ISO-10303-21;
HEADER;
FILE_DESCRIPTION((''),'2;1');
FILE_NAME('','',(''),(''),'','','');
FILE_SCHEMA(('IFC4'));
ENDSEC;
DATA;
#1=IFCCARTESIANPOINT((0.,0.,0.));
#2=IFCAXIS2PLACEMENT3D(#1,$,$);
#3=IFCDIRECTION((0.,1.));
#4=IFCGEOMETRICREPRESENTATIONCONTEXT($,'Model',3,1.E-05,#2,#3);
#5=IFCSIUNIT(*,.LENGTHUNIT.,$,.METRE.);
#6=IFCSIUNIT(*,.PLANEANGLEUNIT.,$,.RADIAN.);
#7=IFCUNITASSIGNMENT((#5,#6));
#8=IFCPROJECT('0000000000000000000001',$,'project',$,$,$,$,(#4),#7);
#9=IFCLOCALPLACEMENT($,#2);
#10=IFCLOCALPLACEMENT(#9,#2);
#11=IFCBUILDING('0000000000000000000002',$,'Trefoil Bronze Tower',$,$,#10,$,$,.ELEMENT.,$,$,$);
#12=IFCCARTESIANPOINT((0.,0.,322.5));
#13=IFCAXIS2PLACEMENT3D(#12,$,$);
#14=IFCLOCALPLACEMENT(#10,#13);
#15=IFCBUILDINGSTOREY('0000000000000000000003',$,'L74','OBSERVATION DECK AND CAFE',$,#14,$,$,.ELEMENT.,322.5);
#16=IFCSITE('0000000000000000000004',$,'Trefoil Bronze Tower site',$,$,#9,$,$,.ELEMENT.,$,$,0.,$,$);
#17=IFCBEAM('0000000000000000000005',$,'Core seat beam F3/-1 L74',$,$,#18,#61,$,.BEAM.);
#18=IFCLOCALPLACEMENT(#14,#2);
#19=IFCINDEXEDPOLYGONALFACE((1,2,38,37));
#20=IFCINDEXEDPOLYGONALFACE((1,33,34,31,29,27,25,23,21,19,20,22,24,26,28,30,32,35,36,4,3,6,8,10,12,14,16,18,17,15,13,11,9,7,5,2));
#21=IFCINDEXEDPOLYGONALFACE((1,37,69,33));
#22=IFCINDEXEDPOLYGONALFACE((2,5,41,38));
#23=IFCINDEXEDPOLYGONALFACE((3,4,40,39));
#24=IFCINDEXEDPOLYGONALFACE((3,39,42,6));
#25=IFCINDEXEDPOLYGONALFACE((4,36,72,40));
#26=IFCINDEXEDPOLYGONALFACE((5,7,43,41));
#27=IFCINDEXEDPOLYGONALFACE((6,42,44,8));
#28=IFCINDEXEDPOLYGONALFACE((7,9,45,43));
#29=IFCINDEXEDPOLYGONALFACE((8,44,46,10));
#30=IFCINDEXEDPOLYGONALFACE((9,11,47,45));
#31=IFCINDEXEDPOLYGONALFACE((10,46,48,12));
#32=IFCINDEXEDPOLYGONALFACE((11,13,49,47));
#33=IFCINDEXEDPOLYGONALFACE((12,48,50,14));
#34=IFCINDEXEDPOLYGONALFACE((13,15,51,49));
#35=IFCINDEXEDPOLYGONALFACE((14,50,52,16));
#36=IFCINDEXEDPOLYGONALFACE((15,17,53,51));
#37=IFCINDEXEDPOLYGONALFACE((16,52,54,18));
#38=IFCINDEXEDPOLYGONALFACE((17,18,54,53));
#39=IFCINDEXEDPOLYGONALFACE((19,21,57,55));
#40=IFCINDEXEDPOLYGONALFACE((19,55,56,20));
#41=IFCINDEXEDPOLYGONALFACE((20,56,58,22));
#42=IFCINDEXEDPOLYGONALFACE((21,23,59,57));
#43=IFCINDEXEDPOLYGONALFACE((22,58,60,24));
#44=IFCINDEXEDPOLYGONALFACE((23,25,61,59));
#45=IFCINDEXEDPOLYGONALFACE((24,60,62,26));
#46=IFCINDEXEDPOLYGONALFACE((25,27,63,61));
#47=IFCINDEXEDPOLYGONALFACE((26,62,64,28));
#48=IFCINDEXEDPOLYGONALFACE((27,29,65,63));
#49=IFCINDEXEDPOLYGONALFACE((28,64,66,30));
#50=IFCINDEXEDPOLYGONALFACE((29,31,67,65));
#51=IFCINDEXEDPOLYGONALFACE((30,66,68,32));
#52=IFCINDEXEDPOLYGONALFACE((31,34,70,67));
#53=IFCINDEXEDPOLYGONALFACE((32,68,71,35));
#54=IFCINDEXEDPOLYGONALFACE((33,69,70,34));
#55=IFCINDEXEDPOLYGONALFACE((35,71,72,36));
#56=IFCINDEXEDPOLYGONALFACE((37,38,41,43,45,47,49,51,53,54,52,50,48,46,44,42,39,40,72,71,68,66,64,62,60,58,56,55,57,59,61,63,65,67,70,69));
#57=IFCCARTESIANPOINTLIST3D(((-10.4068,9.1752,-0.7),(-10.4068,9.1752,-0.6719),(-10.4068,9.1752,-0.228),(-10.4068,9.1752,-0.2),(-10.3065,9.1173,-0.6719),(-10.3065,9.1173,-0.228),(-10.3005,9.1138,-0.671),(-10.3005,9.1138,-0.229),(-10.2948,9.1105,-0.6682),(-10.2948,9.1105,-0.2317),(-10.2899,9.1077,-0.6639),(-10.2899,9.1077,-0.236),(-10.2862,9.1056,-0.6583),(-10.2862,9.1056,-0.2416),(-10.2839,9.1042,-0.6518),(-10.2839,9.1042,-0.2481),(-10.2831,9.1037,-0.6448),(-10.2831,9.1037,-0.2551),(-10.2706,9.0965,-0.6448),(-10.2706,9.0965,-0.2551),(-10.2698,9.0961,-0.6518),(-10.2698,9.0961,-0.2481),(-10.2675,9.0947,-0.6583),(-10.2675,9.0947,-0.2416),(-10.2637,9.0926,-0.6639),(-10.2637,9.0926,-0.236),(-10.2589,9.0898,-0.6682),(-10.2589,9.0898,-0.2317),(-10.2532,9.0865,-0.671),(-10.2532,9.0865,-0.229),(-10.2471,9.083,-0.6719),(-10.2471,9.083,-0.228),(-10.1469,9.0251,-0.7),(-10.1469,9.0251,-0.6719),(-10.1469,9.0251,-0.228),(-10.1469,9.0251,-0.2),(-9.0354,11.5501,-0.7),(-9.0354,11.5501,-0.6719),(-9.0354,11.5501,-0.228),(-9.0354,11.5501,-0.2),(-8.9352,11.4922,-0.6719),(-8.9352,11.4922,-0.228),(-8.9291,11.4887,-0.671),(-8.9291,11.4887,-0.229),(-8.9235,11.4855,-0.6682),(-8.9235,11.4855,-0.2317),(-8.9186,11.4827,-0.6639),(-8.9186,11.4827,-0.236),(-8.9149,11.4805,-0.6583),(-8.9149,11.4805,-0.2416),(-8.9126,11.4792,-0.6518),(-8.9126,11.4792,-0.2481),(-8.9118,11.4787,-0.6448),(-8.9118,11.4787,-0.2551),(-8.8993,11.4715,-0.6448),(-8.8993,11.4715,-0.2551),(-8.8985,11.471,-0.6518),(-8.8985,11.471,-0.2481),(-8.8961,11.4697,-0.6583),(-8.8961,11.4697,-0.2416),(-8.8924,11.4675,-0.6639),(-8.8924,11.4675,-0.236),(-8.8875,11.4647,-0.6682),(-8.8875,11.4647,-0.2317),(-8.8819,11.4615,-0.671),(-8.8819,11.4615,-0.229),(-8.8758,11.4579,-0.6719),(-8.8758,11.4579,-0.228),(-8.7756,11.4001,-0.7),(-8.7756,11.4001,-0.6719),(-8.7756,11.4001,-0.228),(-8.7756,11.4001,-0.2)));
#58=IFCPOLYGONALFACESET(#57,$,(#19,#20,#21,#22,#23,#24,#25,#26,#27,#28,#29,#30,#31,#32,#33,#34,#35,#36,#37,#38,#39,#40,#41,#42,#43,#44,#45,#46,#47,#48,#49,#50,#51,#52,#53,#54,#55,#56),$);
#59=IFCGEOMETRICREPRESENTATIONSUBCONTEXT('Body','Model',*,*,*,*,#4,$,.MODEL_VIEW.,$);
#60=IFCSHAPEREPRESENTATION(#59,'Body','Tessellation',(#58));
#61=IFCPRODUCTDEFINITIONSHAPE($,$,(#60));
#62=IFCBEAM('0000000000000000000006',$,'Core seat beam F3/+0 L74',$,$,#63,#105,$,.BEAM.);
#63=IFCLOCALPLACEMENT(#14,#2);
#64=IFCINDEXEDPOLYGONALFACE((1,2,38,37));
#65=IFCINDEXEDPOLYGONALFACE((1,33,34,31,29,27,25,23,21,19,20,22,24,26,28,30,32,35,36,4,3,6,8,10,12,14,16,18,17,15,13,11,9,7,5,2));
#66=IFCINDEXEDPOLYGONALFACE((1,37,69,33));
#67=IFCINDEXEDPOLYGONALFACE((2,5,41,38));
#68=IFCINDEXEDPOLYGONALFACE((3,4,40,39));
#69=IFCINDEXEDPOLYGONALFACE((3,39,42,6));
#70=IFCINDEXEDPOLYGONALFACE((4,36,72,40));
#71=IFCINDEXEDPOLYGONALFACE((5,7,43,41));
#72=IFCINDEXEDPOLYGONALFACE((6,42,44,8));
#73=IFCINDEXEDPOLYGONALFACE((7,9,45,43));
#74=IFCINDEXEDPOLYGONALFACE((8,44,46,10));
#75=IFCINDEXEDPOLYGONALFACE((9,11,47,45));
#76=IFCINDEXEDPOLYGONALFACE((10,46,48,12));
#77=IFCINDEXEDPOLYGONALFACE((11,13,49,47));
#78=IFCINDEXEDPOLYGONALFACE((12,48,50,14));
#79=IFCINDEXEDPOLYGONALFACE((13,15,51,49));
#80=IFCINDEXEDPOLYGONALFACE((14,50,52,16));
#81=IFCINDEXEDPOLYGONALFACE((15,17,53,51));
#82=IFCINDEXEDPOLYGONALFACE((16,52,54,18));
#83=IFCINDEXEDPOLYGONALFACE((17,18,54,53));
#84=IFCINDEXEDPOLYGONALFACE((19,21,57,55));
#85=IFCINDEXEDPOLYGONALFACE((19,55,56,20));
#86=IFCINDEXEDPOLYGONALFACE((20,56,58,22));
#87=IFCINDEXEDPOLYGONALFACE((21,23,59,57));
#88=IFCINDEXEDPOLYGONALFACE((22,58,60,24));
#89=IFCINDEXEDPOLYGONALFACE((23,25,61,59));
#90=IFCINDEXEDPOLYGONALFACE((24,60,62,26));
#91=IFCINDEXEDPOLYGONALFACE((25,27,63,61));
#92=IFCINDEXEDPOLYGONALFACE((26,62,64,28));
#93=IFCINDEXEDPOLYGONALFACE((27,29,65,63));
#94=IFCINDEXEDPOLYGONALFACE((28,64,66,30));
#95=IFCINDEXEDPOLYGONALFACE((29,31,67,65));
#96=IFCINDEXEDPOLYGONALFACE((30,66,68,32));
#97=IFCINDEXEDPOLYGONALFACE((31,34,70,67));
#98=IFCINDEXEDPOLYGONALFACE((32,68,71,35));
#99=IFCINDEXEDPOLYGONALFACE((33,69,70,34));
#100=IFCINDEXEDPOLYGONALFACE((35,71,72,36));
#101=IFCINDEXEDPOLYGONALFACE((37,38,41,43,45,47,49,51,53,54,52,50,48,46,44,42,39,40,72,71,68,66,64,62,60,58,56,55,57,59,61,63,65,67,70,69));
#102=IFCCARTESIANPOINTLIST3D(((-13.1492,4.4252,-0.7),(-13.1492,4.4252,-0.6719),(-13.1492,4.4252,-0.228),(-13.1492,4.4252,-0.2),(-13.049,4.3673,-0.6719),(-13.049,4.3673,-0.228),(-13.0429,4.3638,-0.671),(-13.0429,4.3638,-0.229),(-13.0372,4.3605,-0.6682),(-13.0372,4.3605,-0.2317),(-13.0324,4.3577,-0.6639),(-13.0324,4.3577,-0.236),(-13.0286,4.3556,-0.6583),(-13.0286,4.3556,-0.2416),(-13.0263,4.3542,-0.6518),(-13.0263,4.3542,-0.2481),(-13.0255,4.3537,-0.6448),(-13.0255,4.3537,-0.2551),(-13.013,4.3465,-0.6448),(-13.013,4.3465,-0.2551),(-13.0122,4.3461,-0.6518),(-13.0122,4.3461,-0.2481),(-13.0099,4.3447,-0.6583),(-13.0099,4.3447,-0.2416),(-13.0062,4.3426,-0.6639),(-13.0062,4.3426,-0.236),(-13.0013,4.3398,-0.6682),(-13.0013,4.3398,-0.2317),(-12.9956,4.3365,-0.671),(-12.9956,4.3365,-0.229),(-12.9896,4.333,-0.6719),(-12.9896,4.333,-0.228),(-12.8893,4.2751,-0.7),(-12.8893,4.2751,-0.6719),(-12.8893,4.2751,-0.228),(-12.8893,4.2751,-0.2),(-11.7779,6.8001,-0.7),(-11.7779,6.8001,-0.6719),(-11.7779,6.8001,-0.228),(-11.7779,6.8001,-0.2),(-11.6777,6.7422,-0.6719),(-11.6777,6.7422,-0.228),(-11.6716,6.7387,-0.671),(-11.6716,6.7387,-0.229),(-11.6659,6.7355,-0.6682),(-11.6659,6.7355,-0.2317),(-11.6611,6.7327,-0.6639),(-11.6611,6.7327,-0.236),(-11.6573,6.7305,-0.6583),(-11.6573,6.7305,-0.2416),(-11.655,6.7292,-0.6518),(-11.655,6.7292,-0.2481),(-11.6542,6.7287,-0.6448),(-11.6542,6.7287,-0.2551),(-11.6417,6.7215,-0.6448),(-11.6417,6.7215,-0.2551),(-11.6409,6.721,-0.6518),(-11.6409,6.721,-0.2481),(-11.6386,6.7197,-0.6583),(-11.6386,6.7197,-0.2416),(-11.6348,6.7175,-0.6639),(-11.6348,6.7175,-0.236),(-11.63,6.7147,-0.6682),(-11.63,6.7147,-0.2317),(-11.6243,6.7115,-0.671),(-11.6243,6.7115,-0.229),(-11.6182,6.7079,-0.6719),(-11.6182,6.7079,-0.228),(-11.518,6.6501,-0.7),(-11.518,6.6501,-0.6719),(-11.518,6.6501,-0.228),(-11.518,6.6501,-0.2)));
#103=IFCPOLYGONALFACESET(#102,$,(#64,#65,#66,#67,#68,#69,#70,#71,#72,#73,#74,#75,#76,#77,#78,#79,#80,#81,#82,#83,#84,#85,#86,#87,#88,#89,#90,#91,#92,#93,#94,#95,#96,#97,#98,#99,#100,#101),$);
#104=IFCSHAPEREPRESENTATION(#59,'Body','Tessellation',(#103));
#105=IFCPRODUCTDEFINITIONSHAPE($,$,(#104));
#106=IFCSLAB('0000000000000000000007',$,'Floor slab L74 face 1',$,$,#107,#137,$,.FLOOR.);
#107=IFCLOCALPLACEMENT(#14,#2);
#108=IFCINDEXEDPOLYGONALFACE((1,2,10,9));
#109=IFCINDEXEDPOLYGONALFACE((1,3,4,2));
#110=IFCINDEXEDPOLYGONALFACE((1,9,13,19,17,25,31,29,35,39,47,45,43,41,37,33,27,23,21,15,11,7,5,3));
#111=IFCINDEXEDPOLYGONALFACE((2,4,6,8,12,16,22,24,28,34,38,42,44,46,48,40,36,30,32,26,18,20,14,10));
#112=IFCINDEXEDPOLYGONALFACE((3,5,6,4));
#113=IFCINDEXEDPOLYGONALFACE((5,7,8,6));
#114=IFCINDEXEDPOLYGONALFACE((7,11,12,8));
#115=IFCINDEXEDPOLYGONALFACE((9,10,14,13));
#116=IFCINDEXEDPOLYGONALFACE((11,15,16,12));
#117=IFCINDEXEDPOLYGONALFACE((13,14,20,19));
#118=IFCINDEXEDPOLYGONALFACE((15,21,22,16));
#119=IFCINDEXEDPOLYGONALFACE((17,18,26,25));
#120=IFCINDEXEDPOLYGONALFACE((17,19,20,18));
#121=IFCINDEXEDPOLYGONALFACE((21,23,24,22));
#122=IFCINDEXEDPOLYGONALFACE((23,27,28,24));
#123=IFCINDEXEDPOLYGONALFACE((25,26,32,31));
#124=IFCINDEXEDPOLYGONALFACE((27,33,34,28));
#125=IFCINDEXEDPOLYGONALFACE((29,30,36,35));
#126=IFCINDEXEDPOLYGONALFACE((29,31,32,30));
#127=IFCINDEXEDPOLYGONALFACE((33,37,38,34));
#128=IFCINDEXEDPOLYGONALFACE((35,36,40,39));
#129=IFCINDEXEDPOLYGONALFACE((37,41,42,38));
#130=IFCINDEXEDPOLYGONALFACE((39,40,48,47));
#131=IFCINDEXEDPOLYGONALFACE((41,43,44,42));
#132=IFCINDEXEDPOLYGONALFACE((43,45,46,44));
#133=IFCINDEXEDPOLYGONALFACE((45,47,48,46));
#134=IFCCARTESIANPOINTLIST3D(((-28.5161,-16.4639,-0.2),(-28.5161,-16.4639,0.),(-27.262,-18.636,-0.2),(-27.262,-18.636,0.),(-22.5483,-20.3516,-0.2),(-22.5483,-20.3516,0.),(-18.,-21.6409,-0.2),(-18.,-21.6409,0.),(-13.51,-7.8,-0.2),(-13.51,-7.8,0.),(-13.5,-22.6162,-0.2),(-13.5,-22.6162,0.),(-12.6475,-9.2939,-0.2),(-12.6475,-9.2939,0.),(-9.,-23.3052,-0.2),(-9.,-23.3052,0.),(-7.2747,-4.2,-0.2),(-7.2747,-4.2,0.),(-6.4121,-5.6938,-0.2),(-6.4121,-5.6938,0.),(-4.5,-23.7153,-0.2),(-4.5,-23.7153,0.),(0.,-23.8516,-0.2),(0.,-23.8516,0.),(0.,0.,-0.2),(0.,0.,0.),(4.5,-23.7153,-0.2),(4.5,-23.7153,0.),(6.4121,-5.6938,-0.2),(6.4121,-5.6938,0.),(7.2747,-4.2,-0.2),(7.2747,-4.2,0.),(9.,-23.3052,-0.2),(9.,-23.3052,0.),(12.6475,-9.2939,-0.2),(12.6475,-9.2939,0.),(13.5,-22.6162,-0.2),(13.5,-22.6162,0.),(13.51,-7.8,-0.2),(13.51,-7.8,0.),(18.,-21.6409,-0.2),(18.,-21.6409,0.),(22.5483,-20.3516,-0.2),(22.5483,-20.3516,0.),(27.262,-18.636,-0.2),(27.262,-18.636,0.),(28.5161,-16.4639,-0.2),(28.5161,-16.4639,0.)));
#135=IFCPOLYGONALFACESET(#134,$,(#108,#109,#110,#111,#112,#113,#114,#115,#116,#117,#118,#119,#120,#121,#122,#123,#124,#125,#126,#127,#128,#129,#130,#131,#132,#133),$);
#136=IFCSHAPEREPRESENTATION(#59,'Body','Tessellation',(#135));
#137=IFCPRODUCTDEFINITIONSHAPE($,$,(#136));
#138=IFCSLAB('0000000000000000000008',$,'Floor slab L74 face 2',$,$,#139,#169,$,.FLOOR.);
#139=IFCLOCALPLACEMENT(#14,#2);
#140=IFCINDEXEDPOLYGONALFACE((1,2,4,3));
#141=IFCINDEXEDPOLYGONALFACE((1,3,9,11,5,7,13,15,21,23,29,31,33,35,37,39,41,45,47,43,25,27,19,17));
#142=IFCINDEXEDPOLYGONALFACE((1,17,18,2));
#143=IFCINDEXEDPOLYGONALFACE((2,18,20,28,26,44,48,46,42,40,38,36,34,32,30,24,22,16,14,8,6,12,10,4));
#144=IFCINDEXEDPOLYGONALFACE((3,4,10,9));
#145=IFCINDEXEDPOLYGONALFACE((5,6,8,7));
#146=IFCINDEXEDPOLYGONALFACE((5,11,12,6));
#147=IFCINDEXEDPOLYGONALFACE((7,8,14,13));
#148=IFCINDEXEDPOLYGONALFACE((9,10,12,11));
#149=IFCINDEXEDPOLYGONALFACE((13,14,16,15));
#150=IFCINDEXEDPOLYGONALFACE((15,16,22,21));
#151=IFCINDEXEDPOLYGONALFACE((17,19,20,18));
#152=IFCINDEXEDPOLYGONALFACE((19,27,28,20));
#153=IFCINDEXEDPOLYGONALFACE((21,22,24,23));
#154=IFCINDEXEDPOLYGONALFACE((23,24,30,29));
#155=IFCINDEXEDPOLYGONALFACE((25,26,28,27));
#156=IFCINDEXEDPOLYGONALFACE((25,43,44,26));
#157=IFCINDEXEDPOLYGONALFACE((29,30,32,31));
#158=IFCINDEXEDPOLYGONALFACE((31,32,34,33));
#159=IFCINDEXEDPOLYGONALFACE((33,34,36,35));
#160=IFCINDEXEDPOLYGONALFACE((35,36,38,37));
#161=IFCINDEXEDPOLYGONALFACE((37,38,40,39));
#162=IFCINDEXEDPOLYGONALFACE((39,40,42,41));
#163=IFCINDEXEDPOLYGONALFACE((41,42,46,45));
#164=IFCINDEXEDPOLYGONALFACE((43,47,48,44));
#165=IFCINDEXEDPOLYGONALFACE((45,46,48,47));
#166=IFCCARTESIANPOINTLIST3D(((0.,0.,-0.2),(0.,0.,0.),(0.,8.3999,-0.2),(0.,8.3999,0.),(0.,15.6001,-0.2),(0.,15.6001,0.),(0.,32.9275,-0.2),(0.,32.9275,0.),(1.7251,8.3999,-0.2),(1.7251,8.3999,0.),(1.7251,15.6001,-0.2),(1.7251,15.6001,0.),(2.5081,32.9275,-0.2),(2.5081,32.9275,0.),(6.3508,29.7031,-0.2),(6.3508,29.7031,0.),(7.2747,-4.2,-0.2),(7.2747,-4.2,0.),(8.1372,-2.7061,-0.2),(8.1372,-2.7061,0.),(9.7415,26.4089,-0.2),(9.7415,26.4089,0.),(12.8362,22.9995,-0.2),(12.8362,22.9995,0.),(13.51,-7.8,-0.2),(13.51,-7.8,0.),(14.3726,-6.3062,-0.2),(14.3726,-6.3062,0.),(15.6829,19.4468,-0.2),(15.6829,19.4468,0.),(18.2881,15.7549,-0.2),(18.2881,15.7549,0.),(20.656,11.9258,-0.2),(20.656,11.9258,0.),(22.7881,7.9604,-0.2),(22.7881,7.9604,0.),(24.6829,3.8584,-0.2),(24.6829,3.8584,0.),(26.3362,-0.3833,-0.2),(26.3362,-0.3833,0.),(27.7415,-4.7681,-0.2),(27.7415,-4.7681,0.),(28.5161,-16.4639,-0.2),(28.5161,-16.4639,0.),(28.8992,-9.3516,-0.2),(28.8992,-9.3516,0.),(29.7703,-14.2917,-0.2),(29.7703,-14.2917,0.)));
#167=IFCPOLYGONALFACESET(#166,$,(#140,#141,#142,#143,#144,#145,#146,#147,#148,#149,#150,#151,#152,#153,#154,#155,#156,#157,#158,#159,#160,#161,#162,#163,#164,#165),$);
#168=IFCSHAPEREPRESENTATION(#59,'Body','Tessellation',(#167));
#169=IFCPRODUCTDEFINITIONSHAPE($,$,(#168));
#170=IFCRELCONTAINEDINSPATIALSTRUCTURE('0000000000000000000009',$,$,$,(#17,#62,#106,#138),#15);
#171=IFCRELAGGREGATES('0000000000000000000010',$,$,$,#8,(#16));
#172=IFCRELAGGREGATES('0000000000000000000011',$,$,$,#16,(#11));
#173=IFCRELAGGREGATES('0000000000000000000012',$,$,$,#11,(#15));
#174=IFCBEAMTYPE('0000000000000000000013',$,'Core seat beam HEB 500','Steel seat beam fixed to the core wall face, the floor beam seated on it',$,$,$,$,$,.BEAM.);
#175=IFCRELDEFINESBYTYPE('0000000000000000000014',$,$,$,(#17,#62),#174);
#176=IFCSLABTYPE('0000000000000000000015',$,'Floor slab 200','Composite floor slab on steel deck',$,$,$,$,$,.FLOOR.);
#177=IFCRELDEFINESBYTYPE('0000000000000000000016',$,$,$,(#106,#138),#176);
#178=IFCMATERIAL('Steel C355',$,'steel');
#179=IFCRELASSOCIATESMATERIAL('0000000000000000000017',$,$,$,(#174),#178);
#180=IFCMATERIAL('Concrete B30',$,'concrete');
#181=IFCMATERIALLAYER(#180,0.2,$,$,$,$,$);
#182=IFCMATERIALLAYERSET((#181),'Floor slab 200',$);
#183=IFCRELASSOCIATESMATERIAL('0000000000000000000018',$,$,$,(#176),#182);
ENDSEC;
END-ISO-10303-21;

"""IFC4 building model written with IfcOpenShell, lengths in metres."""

from ifc_helpers import new_model, si_unit, direction, frame, origin, origin_2d, place, context, subcontext, project, spatial, polyline, i_section, outline, extrude, material, layer, layer_set, material_profile, profile_set, type_object, element, save


model = new_model("IFC4")

# Units and contexts
model_context = context("Model", 3, precision=1e-05, world=origin(), true_north=direction((0.0, 1.0)))
body_context = subcontext(model_context, "Body", "Model", "MODEL_VIEW")
ifc_project = project(units=[si_unit("LENGTHUNIT", "METRE"), si_unit("PLANEANGLEUNIT", "RADIAN")], contexts=[model_context])

# Site, building, storey
site_placement = place(None, origin())
site = spatial("IfcSite", under=ifc_project, at=site_placement, Name="Trefoil Bronze Tower site", CompositionType="ELEMENT", RefElevation=0.0)
building_placement = place(site_placement, origin())
building = spatial("IfcBuilding", under=site, at=building_placement, Name="Trefoil Bronze Tower", CompositionType="ELEMENT")
storey_placement = place(building_placement, frame((0.0, 0.0, 322.5)))
storey = spatial("IfcBuildingStorey", under=building, at=storey_placement, Name="L74", Description="OBSERVATION DECK AND CAFE", CompositionType="ELEMENT", Elevation=322.5)

# Beams
ifc_material_1 = material(Name="Steel C355", Category="steel")
ifc_material_profile = material_profile(ifc_material_1, i_section(OverallWidth=0.3, OverallDepth=0.5, WebThickness=0.0144, FlangeThickness=0.0281, FilletRadius=0.0271, at=origin_2d()), Name="HEB 500")
ifc_profile_set = profile_set([ifc_material_profile], Name="Steel C355")
beam_type = type_object("IfcBeamType", Name="Core seat beam HEB 500", Description="Steel seat beam fixed to the core wall face, the floor beam seated on it", PredefinedType="BEAM", material=ifc_profile_set)
for number, where, z_axis, x_axis, name in (
    (1, (-8.9055, 11.4751, -0.45), (-0.500036, -0.866005, 0.0), (0.866005, -0.500036, 0.0), "Core seat beam F3/-1 L74"),
    (2, (-11.6479, 6.7251, -0.45), (-0.500036, -0.866005, 0.0), (0.866005, -0.500036, 0.0), "Core seat beam F3/+0 L74"),
):
    element("IfcBeam", number, at=place(storey_placement, frame(where, z_axis=z_axis, x_axis=x_axis)), inside=storey, type_object=beam_type, Name=name, PredefinedType="BEAM", context=body_context, shape_type="SweptSolid", body=[
        extrude(i_section(OverallWidth=0.3, OverallDepth=0.5, WebThickness=0.0144, FlangeThickness=0.0281, FilletRadius=0.0271, at=origin_2d()), origin(), (0.0, 0.0, 1.0), 2.7424),
    ])

# Slabs
ifc_material_2 = material(Name="Concrete B30", Category="concrete")
ifc_layer_1 = layer(ifc_material_2, 0.2)
ifc_layer_set_1 = layer_set([ifc_layer_1], Name="Floor slab 200")
slab_type = type_object("IfcSlabType", Name="Floor slab 200", Description="Composite floor slab on steel deck", PredefinedType="FLOOR", material=ifc_layer_set_1)
slab_1_placement = place(storey_placement, frame((0.0, 0.0, -0.2)))
element("IfcSlab", 3, at=slab_1_placement, inside=storey, type_object=slab_type, Name="Floor slab L74 face 1", PredefinedType="FLOOR", context=body_context, shape_type="SweptSolid", body=[
    extrude(outline(polyline([(13.5, -22.6162), (9.0, -23.3052), (4.5, -23.7153), (0.0, -23.8516), (-4.5, -23.7153), (-9.0, -23.3052), (-13.5, -22.6162), (-18.0, -21.6409), (-22.5483, -20.3516), (-27.262, -18.636), (-28.5161, -16.4639), (-13.51, -7.8), (-12.6475, -9.2939), (-6.4121, -5.6938), (-7.2747, -4.2), (0.0, 0.0), (7.2747, -4.2), (6.4121, -5.6938), (12.6475, -9.2939), (13.51, -7.8), (28.5161, -16.4639), (27.262, -18.636), (22.5483, -20.3516), (18.0, -21.6409), (13.5, -22.6162)])), origin(), (0.0, 0.0, 1.0), 0.2),
])
slab_2_placement = place(storey_placement, frame((0.0, 0.0, -0.2)))
element("IfcSlab", 4, at=slab_2_placement, inside=storey, type_object=slab_type, Name="Floor slab L74 face 2", PredefinedType="FLOOR", context=body_context, shape_type="SweptSolid", body=[
    extrude(outline(polyline([(12.8362, 22.9995), (15.6829, 19.4468), (18.2881, 15.7549), (20.656, 11.9258), (22.7881, 7.9604), (24.6829, 3.8584), (26.3362, -0.3833), (27.7415, -4.7681), (28.8992, -9.3516), (29.7703, -14.2917), (28.5161, -16.4639), (13.51, -7.8), (14.3726, -6.3062), (8.1372, -2.7061), (7.2747, -4.2), (0.0, 0.0), (0.0, 8.3999), (1.7251, 8.3999), (1.7251, 15.6001), (0.0, 15.6001), (0.0, 32.9275), (2.5081, 32.9275), (6.3508, 29.7031), (9.7415, 26.4089), (12.8362, 22.9995)])), origin(), (0.0, 0.0, 1.0), 0.2),
])

save(model, "model.ifc")
